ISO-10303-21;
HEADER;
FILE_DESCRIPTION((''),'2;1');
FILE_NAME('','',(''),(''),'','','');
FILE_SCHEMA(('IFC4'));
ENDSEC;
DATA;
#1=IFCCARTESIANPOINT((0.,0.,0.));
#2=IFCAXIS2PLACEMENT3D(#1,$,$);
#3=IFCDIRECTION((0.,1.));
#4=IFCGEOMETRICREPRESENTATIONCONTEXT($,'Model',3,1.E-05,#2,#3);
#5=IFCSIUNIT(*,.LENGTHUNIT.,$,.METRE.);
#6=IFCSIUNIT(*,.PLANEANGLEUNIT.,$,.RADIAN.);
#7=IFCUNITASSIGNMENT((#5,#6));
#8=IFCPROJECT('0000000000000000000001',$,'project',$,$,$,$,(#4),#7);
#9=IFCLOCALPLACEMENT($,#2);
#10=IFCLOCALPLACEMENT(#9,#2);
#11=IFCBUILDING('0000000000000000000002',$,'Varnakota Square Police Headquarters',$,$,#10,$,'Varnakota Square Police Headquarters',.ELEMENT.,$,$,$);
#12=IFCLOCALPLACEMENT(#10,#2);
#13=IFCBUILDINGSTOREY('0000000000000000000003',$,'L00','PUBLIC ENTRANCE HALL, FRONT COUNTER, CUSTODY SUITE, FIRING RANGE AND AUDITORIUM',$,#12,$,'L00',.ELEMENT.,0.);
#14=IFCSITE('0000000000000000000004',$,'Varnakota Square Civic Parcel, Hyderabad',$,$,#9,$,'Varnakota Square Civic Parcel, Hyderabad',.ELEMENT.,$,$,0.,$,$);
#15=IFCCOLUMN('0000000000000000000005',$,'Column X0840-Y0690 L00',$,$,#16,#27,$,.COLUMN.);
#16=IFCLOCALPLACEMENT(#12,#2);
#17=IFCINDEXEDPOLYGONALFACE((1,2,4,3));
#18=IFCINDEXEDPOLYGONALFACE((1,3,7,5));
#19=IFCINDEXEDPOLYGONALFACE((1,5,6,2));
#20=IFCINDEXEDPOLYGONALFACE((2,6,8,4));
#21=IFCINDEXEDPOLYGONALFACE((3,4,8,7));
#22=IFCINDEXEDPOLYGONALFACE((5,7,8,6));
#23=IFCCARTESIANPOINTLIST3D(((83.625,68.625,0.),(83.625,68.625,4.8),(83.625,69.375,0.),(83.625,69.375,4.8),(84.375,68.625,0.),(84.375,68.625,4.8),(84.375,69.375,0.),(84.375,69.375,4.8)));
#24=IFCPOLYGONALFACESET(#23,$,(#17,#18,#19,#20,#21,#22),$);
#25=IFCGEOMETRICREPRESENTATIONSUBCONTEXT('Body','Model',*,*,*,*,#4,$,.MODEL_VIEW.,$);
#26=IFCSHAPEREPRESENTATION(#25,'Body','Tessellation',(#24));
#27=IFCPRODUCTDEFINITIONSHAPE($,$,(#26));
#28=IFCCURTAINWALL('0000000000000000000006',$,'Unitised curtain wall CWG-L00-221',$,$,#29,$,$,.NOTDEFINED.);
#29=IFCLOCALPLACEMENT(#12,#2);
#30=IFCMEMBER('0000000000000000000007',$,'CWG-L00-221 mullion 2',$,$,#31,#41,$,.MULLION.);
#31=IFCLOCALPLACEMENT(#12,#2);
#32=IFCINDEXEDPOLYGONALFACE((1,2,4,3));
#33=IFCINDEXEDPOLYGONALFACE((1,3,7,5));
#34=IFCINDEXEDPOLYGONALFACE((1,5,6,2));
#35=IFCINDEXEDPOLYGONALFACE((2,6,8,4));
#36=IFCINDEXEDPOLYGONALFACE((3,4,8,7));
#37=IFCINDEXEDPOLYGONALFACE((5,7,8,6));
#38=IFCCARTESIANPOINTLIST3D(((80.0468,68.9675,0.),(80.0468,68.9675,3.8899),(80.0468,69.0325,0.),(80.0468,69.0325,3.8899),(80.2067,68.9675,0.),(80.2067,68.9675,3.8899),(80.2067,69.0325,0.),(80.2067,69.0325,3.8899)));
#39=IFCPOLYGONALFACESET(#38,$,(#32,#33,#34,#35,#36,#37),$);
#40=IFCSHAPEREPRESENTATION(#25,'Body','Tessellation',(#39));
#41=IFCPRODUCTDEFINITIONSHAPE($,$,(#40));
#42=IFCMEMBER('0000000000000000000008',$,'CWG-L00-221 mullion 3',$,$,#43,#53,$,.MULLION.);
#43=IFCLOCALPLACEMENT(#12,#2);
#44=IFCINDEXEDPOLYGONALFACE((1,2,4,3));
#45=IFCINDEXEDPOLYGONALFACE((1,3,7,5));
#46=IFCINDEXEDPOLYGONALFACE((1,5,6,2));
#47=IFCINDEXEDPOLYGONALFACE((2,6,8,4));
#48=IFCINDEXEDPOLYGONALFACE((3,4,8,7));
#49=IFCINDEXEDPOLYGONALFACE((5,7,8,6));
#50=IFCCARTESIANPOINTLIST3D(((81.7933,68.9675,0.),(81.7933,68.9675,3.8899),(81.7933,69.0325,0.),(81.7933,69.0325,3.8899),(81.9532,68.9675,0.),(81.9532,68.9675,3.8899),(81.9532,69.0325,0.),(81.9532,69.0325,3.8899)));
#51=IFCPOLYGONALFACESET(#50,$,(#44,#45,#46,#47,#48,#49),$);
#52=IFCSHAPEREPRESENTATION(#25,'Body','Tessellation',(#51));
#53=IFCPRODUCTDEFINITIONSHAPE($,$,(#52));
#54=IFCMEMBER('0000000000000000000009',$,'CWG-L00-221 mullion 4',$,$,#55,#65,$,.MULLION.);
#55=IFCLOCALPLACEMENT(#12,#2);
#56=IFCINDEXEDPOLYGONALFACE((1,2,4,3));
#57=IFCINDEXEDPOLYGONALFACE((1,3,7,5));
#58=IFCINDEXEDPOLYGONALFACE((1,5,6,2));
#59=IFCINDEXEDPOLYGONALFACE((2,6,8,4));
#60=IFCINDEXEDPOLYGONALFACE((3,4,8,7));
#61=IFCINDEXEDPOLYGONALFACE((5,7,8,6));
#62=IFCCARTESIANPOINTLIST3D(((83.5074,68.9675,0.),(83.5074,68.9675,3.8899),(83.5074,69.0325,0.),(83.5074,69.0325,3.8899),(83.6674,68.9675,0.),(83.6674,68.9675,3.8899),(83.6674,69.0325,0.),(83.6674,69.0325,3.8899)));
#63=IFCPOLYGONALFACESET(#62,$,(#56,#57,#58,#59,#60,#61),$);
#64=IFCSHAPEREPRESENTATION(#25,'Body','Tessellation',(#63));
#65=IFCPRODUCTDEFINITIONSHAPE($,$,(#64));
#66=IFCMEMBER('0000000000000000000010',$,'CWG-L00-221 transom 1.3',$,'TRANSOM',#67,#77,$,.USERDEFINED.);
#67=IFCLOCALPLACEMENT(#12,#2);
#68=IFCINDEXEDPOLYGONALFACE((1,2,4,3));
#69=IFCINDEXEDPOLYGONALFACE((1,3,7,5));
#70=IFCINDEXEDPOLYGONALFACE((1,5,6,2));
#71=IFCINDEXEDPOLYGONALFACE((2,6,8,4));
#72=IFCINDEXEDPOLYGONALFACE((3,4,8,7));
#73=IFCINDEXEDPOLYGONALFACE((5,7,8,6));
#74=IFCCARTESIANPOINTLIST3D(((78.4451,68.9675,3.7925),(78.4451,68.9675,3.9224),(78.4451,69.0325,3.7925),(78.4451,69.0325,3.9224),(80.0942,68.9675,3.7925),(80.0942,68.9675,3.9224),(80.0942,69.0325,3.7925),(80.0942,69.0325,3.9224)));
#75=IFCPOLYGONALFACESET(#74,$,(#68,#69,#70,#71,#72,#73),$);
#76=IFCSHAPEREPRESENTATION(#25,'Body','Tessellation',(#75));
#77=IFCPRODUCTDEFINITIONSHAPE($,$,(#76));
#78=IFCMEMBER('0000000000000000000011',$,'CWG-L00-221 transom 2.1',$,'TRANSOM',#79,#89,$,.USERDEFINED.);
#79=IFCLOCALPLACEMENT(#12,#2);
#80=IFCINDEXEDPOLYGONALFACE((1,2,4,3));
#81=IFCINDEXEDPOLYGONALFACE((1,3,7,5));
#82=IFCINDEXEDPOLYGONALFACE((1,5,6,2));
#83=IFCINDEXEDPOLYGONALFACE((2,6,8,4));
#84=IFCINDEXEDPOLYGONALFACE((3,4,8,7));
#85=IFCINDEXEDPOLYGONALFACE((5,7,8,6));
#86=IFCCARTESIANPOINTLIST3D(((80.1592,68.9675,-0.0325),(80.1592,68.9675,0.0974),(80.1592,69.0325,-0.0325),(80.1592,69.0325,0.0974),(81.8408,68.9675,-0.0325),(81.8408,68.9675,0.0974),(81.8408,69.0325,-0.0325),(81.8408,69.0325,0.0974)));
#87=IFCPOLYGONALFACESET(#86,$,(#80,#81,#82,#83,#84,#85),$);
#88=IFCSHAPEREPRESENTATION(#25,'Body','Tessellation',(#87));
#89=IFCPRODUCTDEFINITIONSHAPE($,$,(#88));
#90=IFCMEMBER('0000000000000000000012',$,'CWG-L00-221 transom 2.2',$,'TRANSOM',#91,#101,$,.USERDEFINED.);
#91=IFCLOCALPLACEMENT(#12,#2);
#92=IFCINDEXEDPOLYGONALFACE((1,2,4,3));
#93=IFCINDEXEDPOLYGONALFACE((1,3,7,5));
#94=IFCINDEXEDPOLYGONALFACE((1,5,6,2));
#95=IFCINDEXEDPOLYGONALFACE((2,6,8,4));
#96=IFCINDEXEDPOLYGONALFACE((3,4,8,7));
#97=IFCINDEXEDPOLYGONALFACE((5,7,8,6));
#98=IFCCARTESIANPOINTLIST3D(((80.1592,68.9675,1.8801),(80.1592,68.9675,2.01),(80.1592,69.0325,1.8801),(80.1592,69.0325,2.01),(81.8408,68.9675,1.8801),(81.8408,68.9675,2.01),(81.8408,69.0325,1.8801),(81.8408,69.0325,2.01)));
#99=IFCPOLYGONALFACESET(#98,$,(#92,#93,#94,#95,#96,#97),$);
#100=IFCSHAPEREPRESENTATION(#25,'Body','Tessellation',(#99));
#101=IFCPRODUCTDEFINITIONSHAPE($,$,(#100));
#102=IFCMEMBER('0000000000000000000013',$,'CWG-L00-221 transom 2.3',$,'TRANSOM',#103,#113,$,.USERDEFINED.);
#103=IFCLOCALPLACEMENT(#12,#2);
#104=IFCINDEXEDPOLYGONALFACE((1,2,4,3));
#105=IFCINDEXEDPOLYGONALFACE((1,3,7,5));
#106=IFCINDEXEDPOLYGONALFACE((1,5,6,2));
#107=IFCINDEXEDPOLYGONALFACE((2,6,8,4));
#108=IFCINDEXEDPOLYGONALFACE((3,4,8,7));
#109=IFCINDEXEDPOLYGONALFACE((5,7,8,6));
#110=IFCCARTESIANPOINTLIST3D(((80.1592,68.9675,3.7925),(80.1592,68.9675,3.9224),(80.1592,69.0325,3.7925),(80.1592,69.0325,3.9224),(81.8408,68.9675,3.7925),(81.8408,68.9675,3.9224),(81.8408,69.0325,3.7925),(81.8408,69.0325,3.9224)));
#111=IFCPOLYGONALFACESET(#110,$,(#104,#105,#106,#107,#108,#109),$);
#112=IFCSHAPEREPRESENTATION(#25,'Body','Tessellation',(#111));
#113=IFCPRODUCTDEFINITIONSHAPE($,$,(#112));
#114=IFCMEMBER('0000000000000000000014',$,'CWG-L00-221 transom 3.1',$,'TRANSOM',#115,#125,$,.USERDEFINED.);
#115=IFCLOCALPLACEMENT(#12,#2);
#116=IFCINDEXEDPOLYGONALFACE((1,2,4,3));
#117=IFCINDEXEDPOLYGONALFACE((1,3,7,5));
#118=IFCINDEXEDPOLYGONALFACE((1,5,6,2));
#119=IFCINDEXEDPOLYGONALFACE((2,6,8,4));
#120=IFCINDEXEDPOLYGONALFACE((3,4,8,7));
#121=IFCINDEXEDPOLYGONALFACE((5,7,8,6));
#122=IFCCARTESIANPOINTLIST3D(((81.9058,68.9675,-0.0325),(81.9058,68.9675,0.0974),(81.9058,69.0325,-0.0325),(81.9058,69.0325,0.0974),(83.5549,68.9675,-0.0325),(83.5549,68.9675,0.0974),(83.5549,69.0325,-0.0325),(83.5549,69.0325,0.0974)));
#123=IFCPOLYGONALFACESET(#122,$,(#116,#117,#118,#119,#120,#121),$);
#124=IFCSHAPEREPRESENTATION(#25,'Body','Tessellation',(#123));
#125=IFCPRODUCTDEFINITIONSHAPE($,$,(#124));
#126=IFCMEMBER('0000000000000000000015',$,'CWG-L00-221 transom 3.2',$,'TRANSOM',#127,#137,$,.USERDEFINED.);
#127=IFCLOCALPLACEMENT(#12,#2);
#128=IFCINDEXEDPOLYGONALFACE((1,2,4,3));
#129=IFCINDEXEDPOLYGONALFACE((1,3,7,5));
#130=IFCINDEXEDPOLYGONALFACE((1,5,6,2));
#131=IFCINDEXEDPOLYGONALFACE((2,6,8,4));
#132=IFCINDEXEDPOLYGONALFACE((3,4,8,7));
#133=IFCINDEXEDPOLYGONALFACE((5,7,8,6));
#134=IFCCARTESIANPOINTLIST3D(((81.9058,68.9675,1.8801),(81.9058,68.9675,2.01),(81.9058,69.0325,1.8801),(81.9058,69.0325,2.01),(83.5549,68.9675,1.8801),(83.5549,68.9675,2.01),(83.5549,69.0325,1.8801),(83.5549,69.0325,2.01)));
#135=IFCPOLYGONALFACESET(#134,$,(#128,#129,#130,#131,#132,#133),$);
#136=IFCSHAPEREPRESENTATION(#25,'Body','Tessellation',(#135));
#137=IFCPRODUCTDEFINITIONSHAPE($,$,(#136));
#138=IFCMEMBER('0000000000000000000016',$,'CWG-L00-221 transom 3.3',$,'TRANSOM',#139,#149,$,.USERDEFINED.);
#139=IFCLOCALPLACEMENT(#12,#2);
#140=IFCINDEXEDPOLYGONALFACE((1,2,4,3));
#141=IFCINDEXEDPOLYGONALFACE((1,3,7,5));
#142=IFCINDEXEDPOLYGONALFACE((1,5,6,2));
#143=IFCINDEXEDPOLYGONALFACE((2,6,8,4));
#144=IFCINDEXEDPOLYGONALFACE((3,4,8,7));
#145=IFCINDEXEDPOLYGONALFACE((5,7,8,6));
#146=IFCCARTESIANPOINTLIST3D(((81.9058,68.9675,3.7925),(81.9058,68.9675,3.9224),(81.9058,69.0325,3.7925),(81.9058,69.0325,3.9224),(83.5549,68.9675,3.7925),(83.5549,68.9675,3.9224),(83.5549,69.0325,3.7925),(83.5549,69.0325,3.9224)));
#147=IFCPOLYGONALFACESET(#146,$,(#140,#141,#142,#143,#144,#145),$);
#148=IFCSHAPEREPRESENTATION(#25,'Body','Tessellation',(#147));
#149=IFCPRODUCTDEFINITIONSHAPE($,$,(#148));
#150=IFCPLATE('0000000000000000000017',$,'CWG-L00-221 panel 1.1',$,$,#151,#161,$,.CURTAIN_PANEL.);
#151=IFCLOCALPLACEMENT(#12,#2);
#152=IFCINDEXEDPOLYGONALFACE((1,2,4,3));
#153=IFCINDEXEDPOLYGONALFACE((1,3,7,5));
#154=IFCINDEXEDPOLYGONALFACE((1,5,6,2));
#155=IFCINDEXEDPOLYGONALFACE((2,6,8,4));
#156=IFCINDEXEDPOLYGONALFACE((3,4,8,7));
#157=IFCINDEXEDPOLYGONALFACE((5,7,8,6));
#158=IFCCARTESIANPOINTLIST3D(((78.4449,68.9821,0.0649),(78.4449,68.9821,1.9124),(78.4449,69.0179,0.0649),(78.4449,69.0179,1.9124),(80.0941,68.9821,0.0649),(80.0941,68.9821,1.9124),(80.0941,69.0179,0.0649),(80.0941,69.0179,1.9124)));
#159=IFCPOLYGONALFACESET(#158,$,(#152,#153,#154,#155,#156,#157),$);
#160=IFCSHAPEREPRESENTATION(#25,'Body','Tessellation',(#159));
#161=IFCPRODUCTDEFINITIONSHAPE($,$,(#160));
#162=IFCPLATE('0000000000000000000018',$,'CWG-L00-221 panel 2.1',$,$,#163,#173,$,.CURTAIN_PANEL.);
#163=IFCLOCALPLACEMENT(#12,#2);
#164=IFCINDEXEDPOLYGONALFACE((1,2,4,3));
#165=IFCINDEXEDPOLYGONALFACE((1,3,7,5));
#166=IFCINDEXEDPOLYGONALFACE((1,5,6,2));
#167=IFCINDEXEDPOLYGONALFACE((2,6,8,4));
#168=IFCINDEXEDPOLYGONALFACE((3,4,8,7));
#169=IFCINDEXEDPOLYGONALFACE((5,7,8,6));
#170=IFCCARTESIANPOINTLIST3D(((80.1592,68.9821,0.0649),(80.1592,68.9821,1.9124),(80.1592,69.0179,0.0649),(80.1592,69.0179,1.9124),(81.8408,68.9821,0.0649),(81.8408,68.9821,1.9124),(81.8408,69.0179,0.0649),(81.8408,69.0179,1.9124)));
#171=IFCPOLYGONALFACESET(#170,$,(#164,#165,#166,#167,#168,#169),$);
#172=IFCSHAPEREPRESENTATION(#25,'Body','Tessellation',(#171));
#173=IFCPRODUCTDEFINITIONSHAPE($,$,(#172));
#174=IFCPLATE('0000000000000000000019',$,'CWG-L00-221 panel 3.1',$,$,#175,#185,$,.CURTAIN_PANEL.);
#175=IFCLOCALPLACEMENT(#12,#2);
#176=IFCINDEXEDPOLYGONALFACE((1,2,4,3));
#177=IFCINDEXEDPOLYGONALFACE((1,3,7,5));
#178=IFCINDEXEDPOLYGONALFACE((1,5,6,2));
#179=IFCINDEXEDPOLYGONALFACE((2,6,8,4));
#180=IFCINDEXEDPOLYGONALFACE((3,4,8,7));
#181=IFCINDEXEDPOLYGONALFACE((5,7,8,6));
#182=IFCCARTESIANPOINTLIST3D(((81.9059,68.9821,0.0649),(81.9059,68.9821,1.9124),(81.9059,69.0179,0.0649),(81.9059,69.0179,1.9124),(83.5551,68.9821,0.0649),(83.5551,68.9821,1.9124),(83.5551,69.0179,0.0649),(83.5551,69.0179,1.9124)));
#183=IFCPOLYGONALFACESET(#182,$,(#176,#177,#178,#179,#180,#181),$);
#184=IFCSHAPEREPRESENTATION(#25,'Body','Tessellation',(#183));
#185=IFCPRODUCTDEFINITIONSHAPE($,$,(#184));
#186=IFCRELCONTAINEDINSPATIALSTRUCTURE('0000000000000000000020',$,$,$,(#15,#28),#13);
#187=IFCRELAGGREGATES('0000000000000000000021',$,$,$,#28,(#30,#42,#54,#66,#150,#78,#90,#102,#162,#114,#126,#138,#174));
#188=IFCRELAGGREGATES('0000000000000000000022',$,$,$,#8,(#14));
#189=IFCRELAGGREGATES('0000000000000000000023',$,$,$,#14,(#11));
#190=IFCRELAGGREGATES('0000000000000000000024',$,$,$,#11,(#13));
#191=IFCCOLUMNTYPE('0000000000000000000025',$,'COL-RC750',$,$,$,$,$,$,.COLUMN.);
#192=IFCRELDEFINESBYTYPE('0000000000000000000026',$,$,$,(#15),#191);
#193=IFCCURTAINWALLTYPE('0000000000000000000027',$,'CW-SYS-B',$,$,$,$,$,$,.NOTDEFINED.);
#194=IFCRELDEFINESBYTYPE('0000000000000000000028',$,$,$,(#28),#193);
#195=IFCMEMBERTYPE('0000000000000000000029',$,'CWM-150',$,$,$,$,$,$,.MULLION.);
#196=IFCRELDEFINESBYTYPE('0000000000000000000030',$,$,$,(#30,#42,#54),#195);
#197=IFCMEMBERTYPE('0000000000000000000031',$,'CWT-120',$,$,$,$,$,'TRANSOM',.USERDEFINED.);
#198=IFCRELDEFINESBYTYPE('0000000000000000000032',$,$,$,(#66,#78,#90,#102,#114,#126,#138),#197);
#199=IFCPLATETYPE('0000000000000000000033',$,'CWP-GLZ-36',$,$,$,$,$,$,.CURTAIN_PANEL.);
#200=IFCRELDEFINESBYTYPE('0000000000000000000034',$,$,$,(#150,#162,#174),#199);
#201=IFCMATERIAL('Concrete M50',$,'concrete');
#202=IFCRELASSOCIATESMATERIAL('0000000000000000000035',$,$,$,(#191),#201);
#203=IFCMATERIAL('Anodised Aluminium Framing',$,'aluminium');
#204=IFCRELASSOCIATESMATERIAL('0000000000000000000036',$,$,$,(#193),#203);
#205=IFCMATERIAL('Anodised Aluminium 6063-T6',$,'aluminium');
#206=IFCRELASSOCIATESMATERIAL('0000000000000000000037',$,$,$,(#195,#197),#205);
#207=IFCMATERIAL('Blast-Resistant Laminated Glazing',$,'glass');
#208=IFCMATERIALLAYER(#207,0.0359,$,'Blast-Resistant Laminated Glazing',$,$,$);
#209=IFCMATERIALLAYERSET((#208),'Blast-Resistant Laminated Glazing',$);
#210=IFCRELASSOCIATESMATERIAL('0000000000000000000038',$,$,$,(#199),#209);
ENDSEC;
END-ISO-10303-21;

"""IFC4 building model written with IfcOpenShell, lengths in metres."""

from ifc_helpers import new_model, si_unit, direction, frame, origin, origin_2d, place, context, subcontext, project, spatial, rectangle, extrude, material, layer, layer_set, material_profile, profile_set, type_object, element, aggregate, save


model = new_model("IFC4")

# Units and contexts
model_context = context("Model", 3, precision=1e-05, world=origin(), true_north=direction((0.0, 1.0)))
body_context = subcontext(model_context, "Body", "Model", "MODEL_VIEW")
ifc_project = project(units=[si_unit("LENGTHUNIT", "METRE"), si_unit("PLANEANGLEUNIT", "RADIAN")], contexts=[model_context])

# Site, building, storey
site_placement = place(None, origin())
site = spatial("IfcSite", under=ifc_project, at=site_placement, Name="Varnakota Square Civic Parcel, Hyderabad", LongName="Varnakota Square Civic Parcel, Hyderabad", CompositionType="ELEMENT", RefElevation=0.0)
building_placement = place(site_placement, origin())
building = spatial("IfcBuilding", under=site, at=building_placement, Name="Varnakota Square Police Headquarters", LongName="Varnakota Square Police Headquarters", CompositionType="ELEMENT")
storey_placement = place(building_placement, origin())
storey = spatial("IfcBuildingStorey", under=building, at=storey_placement, Name="L00", Description="PUBLIC ENTRANCE HALL, FRONT COUNTER, CUSTODY SUITE, FIRING RANGE AND AUDITORIUM", LongName="L00", CompositionType="ELEMENT", Elevation=0.0)

# Column
ifc_material_1 = material(Name="Concrete M50", Category="concrete")
ifc_material_profile_1 = material_profile(ifc_material_1, rectangle(XDim=0.75, YDim=0.75, at=origin_2d()), Name="RC 750x750")
ifc_profile_set_1 = profile_set([ifc_material_profile_1], Name="Concrete M50")
column_type = type_object("IfcColumnType", Name="COL-RC750", PredefinedType="COLUMN", material=ifc_profile_set_1)
column_placement = place(storey_placement, frame((84.0, 69.0, 0.0), z_axis=(0.0, 0.0, 1.0), x_axis=(1.0, 0.0, 0.0)))
element("IfcColumn", 1, at=column_placement, inside=storey, type_object=column_type, Name="Column X0840-Y0690 L00", PredefinedType="COLUMN", context=body_context, shape_type="SweptSolid", body=[
    extrude(rectangle(XDim=0.75, YDim=0.75, at=origin_2d()), origin(), (0.0, 0.0, 1.0), 4.8),
])

# Curtain wall, members, plates
ifc_material_2 = material(Name="Anodised Aluminium Framing", Category="aluminium")
curtain_wall_type = type_object("IfcCurtainWallType", Name="CW-SYS-B", PredefinedType="NOTDEFINED", material=ifc_material_2)
curtain_wall_placement = place(storey_placement, origin())
curtain_wall = element("IfcCurtainWall", 2, at=curtain_wall_placement, inside=storey, type_object=curtain_wall_type, Name="Unitised curtain wall CWG-L00-221", PredefinedType="NOTDEFINED")
ifc_material_3 = material(Name="Anodised Aluminium 6063-T6", Category="aluminium")
ifc_material_profile_2 = material_profile(ifc_material_3, rectangle(XDim=0.0649, YDim=0.1599, at=origin_2d()), Name="ALU MULLION 65x160")
ifc_profile_set_2 = profile_set([ifc_material_profile_2], Name="Anodised Aluminium 6063-T6")
member_type_1 = type_object("IfcMemberType", Name="CWM-150", PredefinedType="MULLION", material=ifc_profile_set_2)
member_1_placement = place(storey_placement, frame((80.1267, 69.0, 0.0), z_axis=(0.0, 0.0, 1.0), x_axis=(0.0, 1.0, 0.0)))
member_1 = element("IfcMember", 3, at=member_1_placement, type_object=member_type_1, Name="CWG-L00-221 mullion 2", PredefinedType="MULLION", context=body_context, shape_type="SweptSolid", body=[
    extrude(rectangle(XDim=0.0649, YDim=0.1599, at=origin_2d()), origin(), (0.0, 0.0, 1.0), 3.8899),
])
member_2_placement = place(storey_placement, frame((81.8733, 69.0, 0.0), z_axis=(0.0, 0.0, 1.0), x_axis=(0.0, 1.0, 0.0)))
member_2 = element("IfcMember", 4, at=member_2_placement, type_object=member_type_1, Name="CWG-L00-221 mullion 3", PredefinedType="MULLION", context=body_context, shape_type="SweptSolid", body=[
    extrude(rectangle(XDim=0.0649, YDim=0.1599, at=origin_2d()), origin(), (0.0, 0.0, 1.0), 3.8899),
])
member_3_placement = place(storey_placement, frame((83.5874, 69.0, 0.0), z_axis=(0.0, 0.0, 1.0), x_axis=(0.0, 1.0, 0.0)))
member_3 = element("IfcMember", 5, at=member_3_placement, type_object=member_type_1, Name="CWG-L00-221 mullion 4", PredefinedType="MULLION", context=body_context, shape_type="SweptSolid", body=[
    extrude(rectangle(XDim=0.0649, YDim=0.1599, at=origin_2d()), origin(), (0.0, 0.0, 1.0), 3.8899),
])
ifc_material_profile_3 = material_profile(ifc_material_3, rectangle(XDim=0.0649, YDim=0.1299, at=origin_2d()), Name="ALU TRANSOM 65x130")
ifc_profile_set_3 = profile_set([ifc_material_profile_3], Name="Anodised Aluminium 6063-T6")
member_type_2 = type_object("IfcMemberType", Name="CWT-120", ElementType="TRANSOM", PredefinedType="USERDEFINED", material=ifc_profile_set_3)
member_4_placement = place(storey_placement, frame((78.4451, 69.0, 3.8574), z_axis=(1.0, 0.0, 0.0), x_axis=(0.0, 1.0, 0.0)))
member_4 = element("IfcMember", 6, at=member_4_placement, type_object=member_type_2, Name="CWG-L00-221 transom 1.3", ObjectType="TRANSOM", PredefinedType="USERDEFINED", context=body_context, shape_type="SweptSolid", body=[
    extrude(rectangle(XDim=0.0649, YDim=0.1299, at=origin_2d()), origin(), (0.0, 0.0, 1.0), 1.6492),
])
member_5_placement = place(storey_placement, frame((80.1592, 69.0, 0.0325), z_axis=(1.0, 0.0, 0.0), x_axis=(0.0, 1.0, 0.0)))
member_5 = element("IfcMember", 7, at=member_5_placement, type_object=member_type_2, Name="CWG-L00-221 transom 2.1", ObjectType="TRANSOM", PredefinedType="USERDEFINED", context=body_context, shape_type="SweptSolid", body=[
    extrude(rectangle(XDim=0.0649, YDim=0.1299, at=origin_2d()), origin(), (0.0, 0.0, 1.0), 1.6816),
])
member_6_placement = place(storey_placement, frame((80.1592, 69.0, 1.9451), z_axis=(1.0, 0.0, 0.0), x_axis=(0.0, 1.0, 0.0)))
member_6 = element("IfcMember", 8, at=member_6_placement, type_object=member_type_2, Name="CWG-L00-221 transom 2.2", ObjectType="TRANSOM", PredefinedType="USERDEFINED", context=body_context, shape_type="SweptSolid", body=[
    extrude(rectangle(XDim=0.0649, YDim=0.1299, at=origin_2d()), origin(), (0.0, 0.0, 1.0), 1.6816),
])
member_7_placement = place(storey_placement, frame((80.1592, 69.0, 3.8574), z_axis=(1.0, 0.0, 0.0), x_axis=(0.0, 1.0, 0.0)))
member_7 = element("IfcMember", 9, at=member_7_placement, type_object=member_type_2, Name="CWG-L00-221 transom 2.3", ObjectType="TRANSOM", PredefinedType="USERDEFINED", context=body_context, shape_type="SweptSolid", body=[
    extrude(rectangle(XDim=0.0649, YDim=0.1299, at=origin_2d()), origin(), (0.0, 0.0, 1.0), 1.6816),
])
member_8_placement = place(storey_placement, frame((81.9058, 69.0, 0.0325), z_axis=(1.0, 0.0, 0.0), x_axis=(0.0, 1.0, 0.0)))
member_8 = element("IfcMember", 10, at=member_8_placement, type_object=member_type_2, Name="CWG-L00-221 transom 3.1", ObjectType="TRANSOM", PredefinedType="USERDEFINED", context=body_context, shape_type="SweptSolid", body=[
    extrude(rectangle(XDim=0.0649, YDim=0.1299, at=origin_2d()), origin(), (0.0, 0.0, 1.0), 1.6492),
])
member_9_placement = place(storey_placement, frame((81.9058, 69.0, 1.9451), z_axis=(1.0, 0.0, 0.0), x_axis=(0.0, 1.0, 0.0)))
member_9 = element("IfcMember", 11, at=member_9_placement, type_object=member_type_2, Name="CWG-L00-221 transom 3.2", ObjectType="TRANSOM", PredefinedType="USERDEFINED", context=body_context, shape_type="SweptSolid", body=[
    extrude(rectangle(XDim=0.0649, YDim=0.1299, at=origin_2d()), origin(), (0.0, 0.0, 1.0), 1.6492),
])
member_10_placement = place(storey_placement, frame((81.9058, 69.0, 3.8574), z_axis=(1.0, 0.0, 0.0), x_axis=(0.0, 1.0, 0.0)))
member_10 = element("IfcMember", 12, at=member_10_placement, type_object=member_type_2, Name="CWG-L00-221 transom 3.3", ObjectType="TRANSOM", PredefinedType="USERDEFINED", context=body_context, shape_type="SweptSolid", body=[
    extrude(rectangle(XDim=0.0649, YDim=0.1299, at=origin_2d()), origin(), (0.0, 0.0, 1.0), 1.6492),
])
ifc_material_4 = material(Name="Blast-Resistant Laminated Glazing", Category="glass")
ifc_layer_1 = layer(ifc_material_4, 0.0359, Name="Blast-Resistant Laminated Glazing")
ifc_layer_set_1 = layer_set([ifc_layer_1], Name="Blast-Resistant Laminated Glazing")
plate_type_1 = type_object("IfcPlateType", Name="CWP-GLZ-36", PredefinedType="CURTAIN_PANEL", material=ifc_layer_set_1)
plate_1_placement = place(storey_placement, frame((79.2695, 69.0, 0.0649), z_axis=(0.0, 0.0, 1.0), x_axis=(1.0, 0.0, 0.0)))
plate_1 = element("IfcPlate", 13, at=plate_1_placement, type_object=plate_type_1, Name="CWG-L00-221 panel 1.1", PredefinedType="CURTAIN_PANEL", context=body_context, shape_type="SweptSolid", body=[
    extrude(rectangle(XDim=1.6492, YDim=0.0359, at=origin_2d()), origin(), (0.0, 0.0, 1.0), 1.8474),
])
plate_2_placement = place(storey_placement, frame((81.0, 69.0, 0.0649), z_axis=(0.0, 0.0, 1.0), x_axis=(1.0, 0.0, 0.0)))
plate_2 = element("IfcPlate", 14, at=plate_2_placement, type_object=plate_type_1, Name="CWG-L00-221 panel 2.1", PredefinedType="CURTAIN_PANEL", context=body_context, shape_type="SweptSolid", body=[
    extrude(rectangle(XDim=1.6816, YDim=0.0359, at=origin_2d()), origin(), (0.0, 0.0, 1.0), 1.8474),
])
plate_3_placement = place(storey_placement, frame((82.7305, 69.0, 0.0649), z_axis=(0.0, 0.0, 1.0), x_axis=(1.0, 0.0, 0.0)))
plate_3 = element("IfcPlate", 15, at=plate_3_placement, type_object=plate_type_1, Name="CWG-L00-221 panel 3.1", PredefinedType="CURTAIN_PANEL", context=body_context, shape_type="SweptSolid", body=[
    extrude(rectangle(XDim=1.6492, YDim=0.0359, at=origin_2d()), origin(), (0.0, 0.0, 1.0), 1.8474),
])
aggregate(curtain_wall, [member_1, member_2, member_3, member_4, plate_1, member_5, member_6, member_7, plate_2, member_8, member_9, member_10, plate_3])

save(model, "model.ifc")
